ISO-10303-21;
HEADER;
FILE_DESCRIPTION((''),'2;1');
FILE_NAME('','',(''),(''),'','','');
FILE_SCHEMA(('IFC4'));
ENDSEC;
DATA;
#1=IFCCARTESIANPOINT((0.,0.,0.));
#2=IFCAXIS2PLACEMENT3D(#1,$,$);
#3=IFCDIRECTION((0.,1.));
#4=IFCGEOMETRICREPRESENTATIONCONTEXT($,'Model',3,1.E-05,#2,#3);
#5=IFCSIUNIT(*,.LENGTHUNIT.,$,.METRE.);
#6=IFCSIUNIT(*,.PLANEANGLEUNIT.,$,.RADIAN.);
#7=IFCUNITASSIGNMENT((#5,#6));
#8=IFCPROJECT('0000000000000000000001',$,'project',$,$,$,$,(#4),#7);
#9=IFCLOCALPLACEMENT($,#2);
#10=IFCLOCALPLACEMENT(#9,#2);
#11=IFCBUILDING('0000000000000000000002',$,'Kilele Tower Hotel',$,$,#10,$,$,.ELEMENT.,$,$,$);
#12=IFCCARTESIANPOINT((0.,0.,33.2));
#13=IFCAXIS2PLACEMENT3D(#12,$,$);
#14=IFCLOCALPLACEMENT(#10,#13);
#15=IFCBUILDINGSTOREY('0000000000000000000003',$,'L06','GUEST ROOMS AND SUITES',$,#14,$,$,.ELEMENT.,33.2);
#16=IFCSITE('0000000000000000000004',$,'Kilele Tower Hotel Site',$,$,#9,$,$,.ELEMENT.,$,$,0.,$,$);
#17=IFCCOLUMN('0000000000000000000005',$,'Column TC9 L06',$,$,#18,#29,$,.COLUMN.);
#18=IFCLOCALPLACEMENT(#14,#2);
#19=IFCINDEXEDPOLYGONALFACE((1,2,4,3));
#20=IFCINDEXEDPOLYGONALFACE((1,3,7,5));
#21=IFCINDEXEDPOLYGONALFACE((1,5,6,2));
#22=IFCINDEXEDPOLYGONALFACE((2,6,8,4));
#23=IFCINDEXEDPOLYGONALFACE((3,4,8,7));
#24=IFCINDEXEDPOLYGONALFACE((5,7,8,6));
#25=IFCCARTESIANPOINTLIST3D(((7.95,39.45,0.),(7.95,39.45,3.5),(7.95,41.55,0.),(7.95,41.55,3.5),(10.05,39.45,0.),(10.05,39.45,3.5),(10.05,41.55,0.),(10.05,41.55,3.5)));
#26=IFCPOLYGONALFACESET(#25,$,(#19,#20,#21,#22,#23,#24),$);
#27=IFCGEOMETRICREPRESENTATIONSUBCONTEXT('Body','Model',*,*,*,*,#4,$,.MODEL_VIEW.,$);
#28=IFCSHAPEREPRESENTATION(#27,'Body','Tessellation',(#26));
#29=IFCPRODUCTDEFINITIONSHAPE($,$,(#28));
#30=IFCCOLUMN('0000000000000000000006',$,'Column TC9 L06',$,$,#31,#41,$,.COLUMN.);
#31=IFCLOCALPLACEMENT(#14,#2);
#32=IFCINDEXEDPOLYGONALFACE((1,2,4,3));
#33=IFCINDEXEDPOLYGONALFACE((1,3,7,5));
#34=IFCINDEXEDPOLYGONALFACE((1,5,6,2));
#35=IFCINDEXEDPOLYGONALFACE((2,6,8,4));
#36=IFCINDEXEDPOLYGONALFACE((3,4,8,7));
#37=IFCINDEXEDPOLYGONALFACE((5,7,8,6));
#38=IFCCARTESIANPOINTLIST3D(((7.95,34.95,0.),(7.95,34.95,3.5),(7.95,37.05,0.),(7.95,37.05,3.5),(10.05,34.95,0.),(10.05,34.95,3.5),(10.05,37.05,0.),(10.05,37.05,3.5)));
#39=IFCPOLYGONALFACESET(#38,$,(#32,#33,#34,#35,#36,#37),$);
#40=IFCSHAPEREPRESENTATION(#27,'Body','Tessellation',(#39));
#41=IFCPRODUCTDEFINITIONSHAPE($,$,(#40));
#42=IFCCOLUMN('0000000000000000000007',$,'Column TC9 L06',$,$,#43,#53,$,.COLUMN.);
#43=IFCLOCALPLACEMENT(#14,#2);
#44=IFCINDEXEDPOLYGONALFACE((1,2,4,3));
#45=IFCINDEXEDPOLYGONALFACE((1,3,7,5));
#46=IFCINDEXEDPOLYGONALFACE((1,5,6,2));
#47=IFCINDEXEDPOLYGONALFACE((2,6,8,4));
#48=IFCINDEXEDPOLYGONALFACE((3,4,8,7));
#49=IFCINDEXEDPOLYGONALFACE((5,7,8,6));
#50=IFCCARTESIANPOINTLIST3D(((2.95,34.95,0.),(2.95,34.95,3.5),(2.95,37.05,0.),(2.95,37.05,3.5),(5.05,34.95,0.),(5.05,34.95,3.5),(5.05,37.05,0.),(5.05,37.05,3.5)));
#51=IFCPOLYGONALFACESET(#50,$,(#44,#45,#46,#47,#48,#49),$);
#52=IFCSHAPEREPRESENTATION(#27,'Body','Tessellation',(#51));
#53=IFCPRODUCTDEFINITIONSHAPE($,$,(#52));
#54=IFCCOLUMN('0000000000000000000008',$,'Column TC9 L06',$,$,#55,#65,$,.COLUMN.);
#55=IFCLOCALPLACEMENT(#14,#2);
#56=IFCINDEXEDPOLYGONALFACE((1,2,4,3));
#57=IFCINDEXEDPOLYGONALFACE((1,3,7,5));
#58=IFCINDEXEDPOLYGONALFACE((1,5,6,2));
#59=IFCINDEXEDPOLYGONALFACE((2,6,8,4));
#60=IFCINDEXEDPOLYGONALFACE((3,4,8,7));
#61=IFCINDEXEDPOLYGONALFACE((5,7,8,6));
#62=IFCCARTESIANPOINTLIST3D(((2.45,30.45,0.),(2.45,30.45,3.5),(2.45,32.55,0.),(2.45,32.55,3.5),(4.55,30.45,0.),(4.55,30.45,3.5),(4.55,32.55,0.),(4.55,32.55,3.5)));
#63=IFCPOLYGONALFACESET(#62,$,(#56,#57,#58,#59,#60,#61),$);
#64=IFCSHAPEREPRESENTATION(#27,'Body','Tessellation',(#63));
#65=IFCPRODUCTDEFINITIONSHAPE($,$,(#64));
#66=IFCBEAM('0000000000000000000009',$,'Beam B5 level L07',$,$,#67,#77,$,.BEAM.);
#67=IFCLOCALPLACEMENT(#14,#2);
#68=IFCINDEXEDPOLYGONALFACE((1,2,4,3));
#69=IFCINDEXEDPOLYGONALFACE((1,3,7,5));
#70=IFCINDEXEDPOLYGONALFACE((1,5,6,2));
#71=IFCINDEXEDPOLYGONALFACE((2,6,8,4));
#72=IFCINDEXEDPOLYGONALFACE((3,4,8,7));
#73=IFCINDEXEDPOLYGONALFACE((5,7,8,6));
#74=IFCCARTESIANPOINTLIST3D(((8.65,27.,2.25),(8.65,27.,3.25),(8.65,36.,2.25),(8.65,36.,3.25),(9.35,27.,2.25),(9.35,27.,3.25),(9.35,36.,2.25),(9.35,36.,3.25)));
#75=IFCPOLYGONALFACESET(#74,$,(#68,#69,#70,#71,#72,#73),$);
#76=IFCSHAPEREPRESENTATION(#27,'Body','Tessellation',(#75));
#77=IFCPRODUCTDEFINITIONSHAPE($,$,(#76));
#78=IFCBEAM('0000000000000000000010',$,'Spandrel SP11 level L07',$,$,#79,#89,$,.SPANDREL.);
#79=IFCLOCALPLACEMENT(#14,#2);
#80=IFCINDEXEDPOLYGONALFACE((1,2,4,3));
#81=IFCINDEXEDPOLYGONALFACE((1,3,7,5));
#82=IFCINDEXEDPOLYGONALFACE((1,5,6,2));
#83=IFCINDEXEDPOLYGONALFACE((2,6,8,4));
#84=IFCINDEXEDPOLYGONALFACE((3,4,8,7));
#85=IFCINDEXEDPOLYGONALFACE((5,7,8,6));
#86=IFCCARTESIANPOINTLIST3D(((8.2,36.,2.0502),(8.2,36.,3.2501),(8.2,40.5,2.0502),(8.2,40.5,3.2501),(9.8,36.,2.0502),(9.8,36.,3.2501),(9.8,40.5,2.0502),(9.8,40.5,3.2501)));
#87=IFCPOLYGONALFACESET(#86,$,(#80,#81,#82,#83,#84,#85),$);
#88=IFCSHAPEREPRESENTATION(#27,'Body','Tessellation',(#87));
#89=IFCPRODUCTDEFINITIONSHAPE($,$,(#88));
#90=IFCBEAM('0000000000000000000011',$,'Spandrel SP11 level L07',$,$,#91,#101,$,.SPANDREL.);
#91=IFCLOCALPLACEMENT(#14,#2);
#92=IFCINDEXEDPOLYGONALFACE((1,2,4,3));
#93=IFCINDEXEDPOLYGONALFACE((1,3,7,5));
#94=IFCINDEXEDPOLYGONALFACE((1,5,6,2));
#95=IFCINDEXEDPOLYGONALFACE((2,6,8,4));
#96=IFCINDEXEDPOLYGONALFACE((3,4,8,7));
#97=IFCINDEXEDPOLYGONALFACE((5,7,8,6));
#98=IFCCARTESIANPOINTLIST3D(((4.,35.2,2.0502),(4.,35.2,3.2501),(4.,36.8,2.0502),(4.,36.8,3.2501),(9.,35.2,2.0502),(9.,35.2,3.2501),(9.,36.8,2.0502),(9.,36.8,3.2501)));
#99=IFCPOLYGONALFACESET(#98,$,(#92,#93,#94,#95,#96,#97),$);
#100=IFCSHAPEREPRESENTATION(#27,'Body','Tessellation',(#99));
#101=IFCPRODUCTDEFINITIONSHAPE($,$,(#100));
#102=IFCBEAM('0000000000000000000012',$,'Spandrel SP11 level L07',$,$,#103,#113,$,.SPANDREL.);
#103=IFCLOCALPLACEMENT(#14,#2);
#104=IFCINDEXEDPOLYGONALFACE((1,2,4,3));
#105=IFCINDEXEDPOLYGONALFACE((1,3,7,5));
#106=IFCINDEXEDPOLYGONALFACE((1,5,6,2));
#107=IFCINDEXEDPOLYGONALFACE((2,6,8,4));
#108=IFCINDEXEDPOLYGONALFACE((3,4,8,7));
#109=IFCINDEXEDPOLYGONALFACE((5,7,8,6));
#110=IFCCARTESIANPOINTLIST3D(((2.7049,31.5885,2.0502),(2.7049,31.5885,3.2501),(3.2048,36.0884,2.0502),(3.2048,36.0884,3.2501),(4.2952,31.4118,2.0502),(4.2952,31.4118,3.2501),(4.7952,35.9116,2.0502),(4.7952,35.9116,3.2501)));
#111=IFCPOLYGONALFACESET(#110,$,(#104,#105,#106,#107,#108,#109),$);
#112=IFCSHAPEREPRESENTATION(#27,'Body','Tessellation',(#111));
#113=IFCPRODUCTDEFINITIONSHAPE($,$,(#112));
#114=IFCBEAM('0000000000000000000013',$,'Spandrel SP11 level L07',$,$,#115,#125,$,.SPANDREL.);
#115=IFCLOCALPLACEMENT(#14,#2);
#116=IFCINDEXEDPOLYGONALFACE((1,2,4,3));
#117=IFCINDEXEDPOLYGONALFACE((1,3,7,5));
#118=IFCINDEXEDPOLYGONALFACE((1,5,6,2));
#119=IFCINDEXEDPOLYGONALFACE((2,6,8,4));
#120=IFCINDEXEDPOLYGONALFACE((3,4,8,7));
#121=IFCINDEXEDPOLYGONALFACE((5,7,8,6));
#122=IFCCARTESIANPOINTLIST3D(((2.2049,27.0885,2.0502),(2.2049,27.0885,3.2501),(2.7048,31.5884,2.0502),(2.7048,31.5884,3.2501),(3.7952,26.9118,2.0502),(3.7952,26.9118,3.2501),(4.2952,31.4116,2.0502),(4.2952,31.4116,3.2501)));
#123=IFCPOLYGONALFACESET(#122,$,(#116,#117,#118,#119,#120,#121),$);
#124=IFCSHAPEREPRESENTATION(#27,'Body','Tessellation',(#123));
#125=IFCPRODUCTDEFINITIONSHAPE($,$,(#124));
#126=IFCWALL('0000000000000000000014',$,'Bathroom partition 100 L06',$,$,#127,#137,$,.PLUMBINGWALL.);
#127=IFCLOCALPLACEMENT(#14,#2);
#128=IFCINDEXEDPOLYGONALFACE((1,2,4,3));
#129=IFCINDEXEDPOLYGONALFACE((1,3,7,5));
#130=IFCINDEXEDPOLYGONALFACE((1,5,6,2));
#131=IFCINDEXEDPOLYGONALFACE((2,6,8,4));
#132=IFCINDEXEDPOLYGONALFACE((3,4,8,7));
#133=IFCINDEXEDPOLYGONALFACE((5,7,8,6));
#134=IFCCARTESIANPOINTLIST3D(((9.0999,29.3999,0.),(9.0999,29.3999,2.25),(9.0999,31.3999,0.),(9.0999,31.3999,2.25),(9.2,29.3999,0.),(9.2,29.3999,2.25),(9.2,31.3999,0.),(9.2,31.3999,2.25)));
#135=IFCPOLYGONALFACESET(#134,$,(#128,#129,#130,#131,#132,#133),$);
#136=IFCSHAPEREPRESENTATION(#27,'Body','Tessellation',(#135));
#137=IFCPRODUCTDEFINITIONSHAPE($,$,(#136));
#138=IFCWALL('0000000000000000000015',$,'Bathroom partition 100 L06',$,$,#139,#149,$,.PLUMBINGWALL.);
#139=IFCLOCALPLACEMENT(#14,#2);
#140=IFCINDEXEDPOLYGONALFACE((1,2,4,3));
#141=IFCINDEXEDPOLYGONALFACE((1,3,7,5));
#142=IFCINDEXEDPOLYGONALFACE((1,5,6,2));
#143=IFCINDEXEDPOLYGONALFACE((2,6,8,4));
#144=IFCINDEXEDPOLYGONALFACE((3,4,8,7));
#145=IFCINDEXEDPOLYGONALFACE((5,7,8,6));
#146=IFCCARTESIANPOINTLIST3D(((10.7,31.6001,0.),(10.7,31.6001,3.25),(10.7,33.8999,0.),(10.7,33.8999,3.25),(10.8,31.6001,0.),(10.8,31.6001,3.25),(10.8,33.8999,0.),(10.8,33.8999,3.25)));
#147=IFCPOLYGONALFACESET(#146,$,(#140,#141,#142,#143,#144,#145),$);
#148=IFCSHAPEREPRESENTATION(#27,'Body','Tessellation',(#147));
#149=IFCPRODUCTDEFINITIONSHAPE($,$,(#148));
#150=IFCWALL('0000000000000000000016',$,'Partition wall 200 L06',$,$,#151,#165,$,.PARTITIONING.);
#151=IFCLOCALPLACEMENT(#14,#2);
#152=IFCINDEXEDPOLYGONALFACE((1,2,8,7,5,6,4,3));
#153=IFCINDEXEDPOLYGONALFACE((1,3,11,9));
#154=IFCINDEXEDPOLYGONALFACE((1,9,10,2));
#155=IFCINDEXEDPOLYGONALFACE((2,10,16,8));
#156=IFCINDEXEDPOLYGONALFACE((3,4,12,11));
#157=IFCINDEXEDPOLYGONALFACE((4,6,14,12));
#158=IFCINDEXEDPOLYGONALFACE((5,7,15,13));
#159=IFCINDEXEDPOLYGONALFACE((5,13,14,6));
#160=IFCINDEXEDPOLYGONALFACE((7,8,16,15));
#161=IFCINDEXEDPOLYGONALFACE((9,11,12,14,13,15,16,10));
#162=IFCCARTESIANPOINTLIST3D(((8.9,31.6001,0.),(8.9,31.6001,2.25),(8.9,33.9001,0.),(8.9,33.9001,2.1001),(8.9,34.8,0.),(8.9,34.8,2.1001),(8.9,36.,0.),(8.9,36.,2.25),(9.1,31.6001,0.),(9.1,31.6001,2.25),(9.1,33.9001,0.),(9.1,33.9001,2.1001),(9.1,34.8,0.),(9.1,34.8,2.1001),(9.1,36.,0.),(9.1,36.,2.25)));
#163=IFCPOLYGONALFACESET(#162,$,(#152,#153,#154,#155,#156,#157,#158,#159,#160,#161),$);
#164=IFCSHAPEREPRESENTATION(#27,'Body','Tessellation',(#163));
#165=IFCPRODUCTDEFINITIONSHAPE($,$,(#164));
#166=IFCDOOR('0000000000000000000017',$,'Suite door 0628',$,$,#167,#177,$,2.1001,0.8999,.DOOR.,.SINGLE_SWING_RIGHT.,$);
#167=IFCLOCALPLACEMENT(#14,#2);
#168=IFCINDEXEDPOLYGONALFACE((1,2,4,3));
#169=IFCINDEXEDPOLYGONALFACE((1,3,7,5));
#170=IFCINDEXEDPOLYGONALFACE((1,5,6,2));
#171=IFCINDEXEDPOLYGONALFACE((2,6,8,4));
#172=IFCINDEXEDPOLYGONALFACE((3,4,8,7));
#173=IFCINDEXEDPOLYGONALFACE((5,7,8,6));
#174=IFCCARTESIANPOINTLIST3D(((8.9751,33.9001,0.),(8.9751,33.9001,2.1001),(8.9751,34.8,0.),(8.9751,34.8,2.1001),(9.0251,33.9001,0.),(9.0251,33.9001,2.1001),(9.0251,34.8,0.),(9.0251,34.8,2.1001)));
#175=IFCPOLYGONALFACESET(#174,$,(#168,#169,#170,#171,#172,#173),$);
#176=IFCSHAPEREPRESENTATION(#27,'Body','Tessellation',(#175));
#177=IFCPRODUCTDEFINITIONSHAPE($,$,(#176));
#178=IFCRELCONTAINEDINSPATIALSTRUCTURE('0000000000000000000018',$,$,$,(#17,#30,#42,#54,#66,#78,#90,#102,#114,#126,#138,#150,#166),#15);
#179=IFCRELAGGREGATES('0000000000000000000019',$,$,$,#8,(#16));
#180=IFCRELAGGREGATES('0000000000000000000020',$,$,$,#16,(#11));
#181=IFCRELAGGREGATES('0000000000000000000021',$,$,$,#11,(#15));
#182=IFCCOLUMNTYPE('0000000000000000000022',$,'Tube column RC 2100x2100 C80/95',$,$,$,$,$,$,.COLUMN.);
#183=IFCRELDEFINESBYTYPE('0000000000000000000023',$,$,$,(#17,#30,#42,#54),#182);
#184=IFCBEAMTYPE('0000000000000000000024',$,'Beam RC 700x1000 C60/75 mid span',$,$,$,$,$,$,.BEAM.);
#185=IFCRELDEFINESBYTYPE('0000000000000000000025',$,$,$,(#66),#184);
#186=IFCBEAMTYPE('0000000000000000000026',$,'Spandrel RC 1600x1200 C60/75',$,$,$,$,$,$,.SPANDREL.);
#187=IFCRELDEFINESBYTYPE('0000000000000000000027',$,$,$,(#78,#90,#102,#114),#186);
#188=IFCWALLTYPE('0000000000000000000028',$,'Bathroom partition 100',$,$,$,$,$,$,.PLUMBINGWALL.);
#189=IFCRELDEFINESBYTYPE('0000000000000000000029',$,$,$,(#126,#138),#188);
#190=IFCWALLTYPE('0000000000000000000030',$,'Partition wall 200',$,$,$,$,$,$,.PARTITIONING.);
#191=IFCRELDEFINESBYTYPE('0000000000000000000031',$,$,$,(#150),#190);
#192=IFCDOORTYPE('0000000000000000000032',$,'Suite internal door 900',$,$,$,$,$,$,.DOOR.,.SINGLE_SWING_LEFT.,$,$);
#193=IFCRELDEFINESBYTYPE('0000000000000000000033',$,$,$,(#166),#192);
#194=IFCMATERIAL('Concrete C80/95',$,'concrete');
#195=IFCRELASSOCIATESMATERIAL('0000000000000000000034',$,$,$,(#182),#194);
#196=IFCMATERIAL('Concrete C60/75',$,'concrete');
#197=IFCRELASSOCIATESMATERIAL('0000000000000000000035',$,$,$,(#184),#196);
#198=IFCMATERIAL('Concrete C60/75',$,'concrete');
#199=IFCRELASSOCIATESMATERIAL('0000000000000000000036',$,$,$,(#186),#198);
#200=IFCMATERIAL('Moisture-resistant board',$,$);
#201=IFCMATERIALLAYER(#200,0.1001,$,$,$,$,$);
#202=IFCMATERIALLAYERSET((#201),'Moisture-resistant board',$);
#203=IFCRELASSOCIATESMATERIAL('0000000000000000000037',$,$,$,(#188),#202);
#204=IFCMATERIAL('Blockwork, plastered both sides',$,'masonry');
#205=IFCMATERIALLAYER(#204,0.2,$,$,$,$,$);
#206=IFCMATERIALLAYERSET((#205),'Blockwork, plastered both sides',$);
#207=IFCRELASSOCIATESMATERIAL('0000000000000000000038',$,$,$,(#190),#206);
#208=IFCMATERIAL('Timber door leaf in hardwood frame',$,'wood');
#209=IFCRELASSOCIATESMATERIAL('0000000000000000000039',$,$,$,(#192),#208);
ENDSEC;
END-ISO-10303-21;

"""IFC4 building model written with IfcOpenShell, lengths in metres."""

from ifc_helpers import new_model, si_unit, direction, frame, frame_2d, origin, origin_2d, place, context, subcontext, project, spatial, rectangle, extrude, material, layer, layer_set, material_profile, profile_set, type_object, element, fill, save


model = new_model("IFC4")

# Units and contexts
model_context = context("Model", 3, precision=1e-05, world=origin(), true_north=direction((0.0, 1.0)))
body_context = subcontext(model_context, "Body", "Model", "MODEL_VIEW")
ifc_project = project(units=[si_unit("LENGTHUNIT", "METRE"), si_unit("PLANEANGLEUNIT", "RADIAN")], contexts=[model_context])

# Site, building, storey
site_placement = place(None, origin())
site = spatial("IfcSite", under=ifc_project, at=site_placement, Name="Kilele Tower Hotel Site", CompositionType="ELEMENT", RefElevation=0.0)
building_placement = place(site_placement, origin())
building = spatial("IfcBuilding", under=site, at=building_placement, Name="Kilele Tower Hotel", CompositionType="ELEMENT")
storey_placement = place(building_placement, frame((0.0, 0.0, 33.2)))
storey = spatial("IfcBuildingStorey", under=building, at=storey_placement, Name="L06", Description="GUEST ROOMS AND SUITES", CompositionType="ELEMENT", Elevation=33.2)

# Columns
ifc_material_1 = material(Name="Concrete C80/95", Category="concrete")
ifc_material_profile_1 = material_profile(ifc_material_1, rectangle(XDim=2.1001, YDim=2.1001, at=origin_2d()))
ifc_profile_set_1 = profile_set([ifc_material_profile_1], Name="Concrete C80/95")
column_type = type_object("IfcColumnType", Name="Tube column RC 2100x2100 C80/95", PredefinedType="COLUMN", material=ifc_profile_set_1)
for number, where, z_axis, x_axis, name in (
    (1, (9.0, 40.5, 0.0), (0.0, 0.0, 1.0), (1.0, 0.0, 0.0), "Column TC9 L06"),
    (2, (9.0, 36.0, 0.0), (0.0, 0.0, 1.0), (1.0, 0.0, 0.0), "Column TC9 L06"),
    (3, (4.0, 36.0, 0.0), (0.0, 0.0, 1.0), (1.0, 0.0, 0.0), "Column TC9 L06"),
    (4, (3.5, 31.5, 0.0), (0.0, 0.0, 1.0), (1.0, 0.0, 0.0), "Column TC9 L06"),
):
    element("IfcColumn", number, at=place(storey_placement, frame(where, z_axis=z_axis, x_axis=x_axis)), inside=storey, type_object=column_type, Name=name, PredefinedType="COLUMN", context=body_context, shape_type="SweptSolid", body=[
        extrude(rectangle(XDim=2.1001, YDim=2.1001, at=origin_2d()), origin(), (0.0, 0.0, 1.0), 3.5),
    ])

# Beams
ifc_material_2 = material(Name="Concrete C60/75", Category="concrete")
ifc_material_profile_2 = material_profile(ifc_material_2, rectangle(XDim=0.7, YDim=1.0, at=origin_2d()))
ifc_profile_set_2 = profile_set([ifc_material_profile_2], Name="Concrete C60/75")
beam_type_1 = type_object("IfcBeamType", Name="Beam RC 700x1000 C60/75 mid span", PredefinedType="BEAM", material=ifc_profile_set_2)
beam_1_placement = place(storey_placement, frame((9.0, 36.0, 2.75), z_axis=(0.0, -1.0, 0.0), x_axis=(1.0, 0.0, 0.0)))
element("IfcBeam", 5, at=beam_1_placement, inside=storey, type_object=beam_type_1, Name="Beam B5 level L07", PredefinedType="BEAM", context=body_context, shape_type="SweptSolid", body=[
    extrude(rectangle(XDim=0.7, YDim=1.0, at=origin_2d()), origin(), (0.0, 0.0, 1.0), 9.0),
])
ifc_material_3 = material(Name="Concrete C60/75", Category="concrete")
ifc_material_profile_3 = material_profile(ifc_material_3, rectangle(XDim=1.6001, YDim=1.2, at=origin_2d()))
ifc_profile_set_3 = profile_set([ifc_material_profile_3], Name="Concrete C60/75")
beam_type_2 = type_object("IfcBeamType", Name="Spandrel RC 1600x1200 C60/75", PredefinedType="SPANDREL", material=ifc_profile_set_3)
beam_2_placement = place(storey_placement, frame((9.0, 40.5, 2.6501), z_axis=(0.0, -1.0, 0.0), x_axis=(1.0, 0.0, 0.0)))
element("IfcBeam", 6, at=beam_2_placement, inside=storey, type_object=beam_type_2, Name="Spandrel SP11 level L07", PredefinedType="SPANDREL", context=body_context, shape_type="SweptSolid", body=[
    extrude(rectangle(XDim=1.6001, YDim=1.2, at=origin_2d()), origin(), (0.0, 0.0, 1.0), 4.5),
])
beam_3_placement = place(storey_placement, frame((9.0, 36.0, 2.6501), z_axis=(-1.0, 0.0, 0.0), x_axis=(0.0, -1.0, 0.0)))
element("IfcBeam", 7, at=beam_3_placement, inside=storey, type_object=beam_type_2, Name="Spandrel SP11 level L07", PredefinedType="SPANDREL", context=body_context, shape_type="SweptSolid", body=[
    extrude(rectangle(XDim=1.6001, YDim=1.2, at=origin_2d()), origin(), (0.0, 0.0, 1.0), 5.0),
])
for number, where, z_axis, x_axis, name in (
    (8, (4.0, 36.0, 2.6501), (-0.110432, -0.993884, 0.0), (0.993884, -0.110432, 0.0), "Spandrel SP11 level L07"),
    (9, (3.5, 31.5, 2.6501), (-0.110432, -0.993884, 0.0), (0.993884, -0.110432, 0.0), "Spandrel SP11 level L07"),
):
    element("IfcBeam", number, at=place(storey_placement, frame(where, z_axis=z_axis, x_axis=x_axis)), inside=storey, type_object=beam_type_2, Name=name, PredefinedType="SPANDREL", context=body_context, shape_type="SweptSolid", body=[
        extrude(rectangle(XDim=1.6001, YDim=1.2, at=origin_2d()), origin(), (0.0, 0.0, 1.0), 4.5276),
    ])

# Walls
ifc_material_4 = material(Name="Moisture-resistant board")
ifc_layer_1 = layer(ifc_material_4, 0.1001)
ifc_layer_set_1 = layer_set([ifc_layer_1], Name="Moisture-resistant board")
wall_type_1 = type_object("IfcWallType", Name="Bathroom partition 100", PredefinedType="PLUMBINGWALL", material=ifc_layer_set_1)
wall_1_placement = place(storey_placement, frame((9.1499, 31.3999, 0.0), z_axis=(0.0, 0.0, 1.0), x_axis=(0.0, -1.0, 0.0)))
element("IfcWall", 10, at=wall_1_placement, inside=storey, type_object=wall_type_1, Name="Bathroom partition 100 L06", PredefinedType="PLUMBINGWALL", context=body_context, shape_type="SweptSolid", body=[
    extrude(rectangle(XDim=2.0, YDim=0.1001, at=frame_2d((1.0, 0.0))), origin(), (0.0, 0.0, 1.0), 2.25),
])
wall_2_placement = place(storey_placement, frame((10.75, 31.6001, 0.0), z_axis=(0.0, 0.0, 1.0), x_axis=(0.0, 1.0, 0.0)))
element("IfcWall", 11, at=wall_2_placement, inside=storey, type_object=wall_type_1, Name="Bathroom partition 100 L06", PredefinedType="PLUMBINGWALL", context=body_context, shape_type="SweptSolid", body=[
    extrude(rectangle(XDim=2.2998, YDim=0.1001, at=frame_2d((1.1499, 0.0))), origin(), (0.0, 0.0, 1.0), 3.25),
])

# Wall, opening, door
ifc_material_5 = material(Name="Blockwork, plastered both sides", Category="masonry")
ifc_layer_2 = layer(ifc_material_5, 0.2)
ifc_layer_set_2 = layer_set([ifc_layer_2], Name="Blockwork, plastered both sides")
wall_type_2 = type_object("IfcWallType", Name="Partition wall 200", PredefinedType="PARTITIONING", material=ifc_layer_set_2)
wall_3_placement = place(storey_placement, frame((9.0, 31.6001, 0.0), z_axis=(0.0, 0.0, 1.0), x_axis=(0.0, 1.0, 0.0)))
wall_3 = element("IfcWall", 12, at=wall_3_placement, inside=storey, type_object=wall_type_2, Name="Partition wall 200 L06", PredefinedType="PARTITIONING", context=body_context, shape_type="SweptSolid", body=[
    extrude(rectangle(XDim=4.3999, YDim=0.2, at=frame_2d((2.2, 0.0))), origin(), (0.0, 0.0, 1.0), 2.25),
])
opening_1_placement = place(wall_3_placement, frame((2.3, 0.0, 0.0)))
opening_1 = element("IfcOpeningElement", 13, at=opening_1_placement, cuts=wall_3, PredefinedType="OPENING", context=body_context, shape_type="SweptSolid", body=[
    extrude(rectangle(XDim=0.8999, YDim=2.1001, at=frame_2d((0.45, 1.05))), frame((0.0, 0.1099, 0.0), z_axis=(0.0, -1.0, 0.0), x_axis=(1.0, 0.0, 0.0)), (0.0, 0.0, 1.0), 0.22),
])
ifc_material_6 = material(Name="Timber door leaf in hardwood frame", Category="wood")
door_type = type_object("IfcDoorType", Name="Suite internal door 900", OperationType="SINGLE_SWING_LEFT", PredefinedType="DOOR", material=ifc_material_6)
door_placement = place(opening_1_placement, origin())
door = element("IfcDoor", 14, at=door_placement, inside=storey, type_object=door_type, Name="Suite door 0628", OperationType="SINGLE_SWING_RIGHT", OverallHeight=2.1001, OverallWidth=0.8999, PredefinedType="DOOR", context=body_context, shape_type="SweptSolid", body=[
    extrude(rectangle(XDim=0.8999, YDim=2.1001, at=frame_2d((0.45, 1.05))), frame((0.0, 0.0249, 0.0), z_axis=(0.0, -1.0, 0.0), x_axis=(1.0, 0.0, 0.0)), (0.0, 0.0, 1.0), 0.05),
])
fill(opening_1, door)

save(model, "model.ifc")
